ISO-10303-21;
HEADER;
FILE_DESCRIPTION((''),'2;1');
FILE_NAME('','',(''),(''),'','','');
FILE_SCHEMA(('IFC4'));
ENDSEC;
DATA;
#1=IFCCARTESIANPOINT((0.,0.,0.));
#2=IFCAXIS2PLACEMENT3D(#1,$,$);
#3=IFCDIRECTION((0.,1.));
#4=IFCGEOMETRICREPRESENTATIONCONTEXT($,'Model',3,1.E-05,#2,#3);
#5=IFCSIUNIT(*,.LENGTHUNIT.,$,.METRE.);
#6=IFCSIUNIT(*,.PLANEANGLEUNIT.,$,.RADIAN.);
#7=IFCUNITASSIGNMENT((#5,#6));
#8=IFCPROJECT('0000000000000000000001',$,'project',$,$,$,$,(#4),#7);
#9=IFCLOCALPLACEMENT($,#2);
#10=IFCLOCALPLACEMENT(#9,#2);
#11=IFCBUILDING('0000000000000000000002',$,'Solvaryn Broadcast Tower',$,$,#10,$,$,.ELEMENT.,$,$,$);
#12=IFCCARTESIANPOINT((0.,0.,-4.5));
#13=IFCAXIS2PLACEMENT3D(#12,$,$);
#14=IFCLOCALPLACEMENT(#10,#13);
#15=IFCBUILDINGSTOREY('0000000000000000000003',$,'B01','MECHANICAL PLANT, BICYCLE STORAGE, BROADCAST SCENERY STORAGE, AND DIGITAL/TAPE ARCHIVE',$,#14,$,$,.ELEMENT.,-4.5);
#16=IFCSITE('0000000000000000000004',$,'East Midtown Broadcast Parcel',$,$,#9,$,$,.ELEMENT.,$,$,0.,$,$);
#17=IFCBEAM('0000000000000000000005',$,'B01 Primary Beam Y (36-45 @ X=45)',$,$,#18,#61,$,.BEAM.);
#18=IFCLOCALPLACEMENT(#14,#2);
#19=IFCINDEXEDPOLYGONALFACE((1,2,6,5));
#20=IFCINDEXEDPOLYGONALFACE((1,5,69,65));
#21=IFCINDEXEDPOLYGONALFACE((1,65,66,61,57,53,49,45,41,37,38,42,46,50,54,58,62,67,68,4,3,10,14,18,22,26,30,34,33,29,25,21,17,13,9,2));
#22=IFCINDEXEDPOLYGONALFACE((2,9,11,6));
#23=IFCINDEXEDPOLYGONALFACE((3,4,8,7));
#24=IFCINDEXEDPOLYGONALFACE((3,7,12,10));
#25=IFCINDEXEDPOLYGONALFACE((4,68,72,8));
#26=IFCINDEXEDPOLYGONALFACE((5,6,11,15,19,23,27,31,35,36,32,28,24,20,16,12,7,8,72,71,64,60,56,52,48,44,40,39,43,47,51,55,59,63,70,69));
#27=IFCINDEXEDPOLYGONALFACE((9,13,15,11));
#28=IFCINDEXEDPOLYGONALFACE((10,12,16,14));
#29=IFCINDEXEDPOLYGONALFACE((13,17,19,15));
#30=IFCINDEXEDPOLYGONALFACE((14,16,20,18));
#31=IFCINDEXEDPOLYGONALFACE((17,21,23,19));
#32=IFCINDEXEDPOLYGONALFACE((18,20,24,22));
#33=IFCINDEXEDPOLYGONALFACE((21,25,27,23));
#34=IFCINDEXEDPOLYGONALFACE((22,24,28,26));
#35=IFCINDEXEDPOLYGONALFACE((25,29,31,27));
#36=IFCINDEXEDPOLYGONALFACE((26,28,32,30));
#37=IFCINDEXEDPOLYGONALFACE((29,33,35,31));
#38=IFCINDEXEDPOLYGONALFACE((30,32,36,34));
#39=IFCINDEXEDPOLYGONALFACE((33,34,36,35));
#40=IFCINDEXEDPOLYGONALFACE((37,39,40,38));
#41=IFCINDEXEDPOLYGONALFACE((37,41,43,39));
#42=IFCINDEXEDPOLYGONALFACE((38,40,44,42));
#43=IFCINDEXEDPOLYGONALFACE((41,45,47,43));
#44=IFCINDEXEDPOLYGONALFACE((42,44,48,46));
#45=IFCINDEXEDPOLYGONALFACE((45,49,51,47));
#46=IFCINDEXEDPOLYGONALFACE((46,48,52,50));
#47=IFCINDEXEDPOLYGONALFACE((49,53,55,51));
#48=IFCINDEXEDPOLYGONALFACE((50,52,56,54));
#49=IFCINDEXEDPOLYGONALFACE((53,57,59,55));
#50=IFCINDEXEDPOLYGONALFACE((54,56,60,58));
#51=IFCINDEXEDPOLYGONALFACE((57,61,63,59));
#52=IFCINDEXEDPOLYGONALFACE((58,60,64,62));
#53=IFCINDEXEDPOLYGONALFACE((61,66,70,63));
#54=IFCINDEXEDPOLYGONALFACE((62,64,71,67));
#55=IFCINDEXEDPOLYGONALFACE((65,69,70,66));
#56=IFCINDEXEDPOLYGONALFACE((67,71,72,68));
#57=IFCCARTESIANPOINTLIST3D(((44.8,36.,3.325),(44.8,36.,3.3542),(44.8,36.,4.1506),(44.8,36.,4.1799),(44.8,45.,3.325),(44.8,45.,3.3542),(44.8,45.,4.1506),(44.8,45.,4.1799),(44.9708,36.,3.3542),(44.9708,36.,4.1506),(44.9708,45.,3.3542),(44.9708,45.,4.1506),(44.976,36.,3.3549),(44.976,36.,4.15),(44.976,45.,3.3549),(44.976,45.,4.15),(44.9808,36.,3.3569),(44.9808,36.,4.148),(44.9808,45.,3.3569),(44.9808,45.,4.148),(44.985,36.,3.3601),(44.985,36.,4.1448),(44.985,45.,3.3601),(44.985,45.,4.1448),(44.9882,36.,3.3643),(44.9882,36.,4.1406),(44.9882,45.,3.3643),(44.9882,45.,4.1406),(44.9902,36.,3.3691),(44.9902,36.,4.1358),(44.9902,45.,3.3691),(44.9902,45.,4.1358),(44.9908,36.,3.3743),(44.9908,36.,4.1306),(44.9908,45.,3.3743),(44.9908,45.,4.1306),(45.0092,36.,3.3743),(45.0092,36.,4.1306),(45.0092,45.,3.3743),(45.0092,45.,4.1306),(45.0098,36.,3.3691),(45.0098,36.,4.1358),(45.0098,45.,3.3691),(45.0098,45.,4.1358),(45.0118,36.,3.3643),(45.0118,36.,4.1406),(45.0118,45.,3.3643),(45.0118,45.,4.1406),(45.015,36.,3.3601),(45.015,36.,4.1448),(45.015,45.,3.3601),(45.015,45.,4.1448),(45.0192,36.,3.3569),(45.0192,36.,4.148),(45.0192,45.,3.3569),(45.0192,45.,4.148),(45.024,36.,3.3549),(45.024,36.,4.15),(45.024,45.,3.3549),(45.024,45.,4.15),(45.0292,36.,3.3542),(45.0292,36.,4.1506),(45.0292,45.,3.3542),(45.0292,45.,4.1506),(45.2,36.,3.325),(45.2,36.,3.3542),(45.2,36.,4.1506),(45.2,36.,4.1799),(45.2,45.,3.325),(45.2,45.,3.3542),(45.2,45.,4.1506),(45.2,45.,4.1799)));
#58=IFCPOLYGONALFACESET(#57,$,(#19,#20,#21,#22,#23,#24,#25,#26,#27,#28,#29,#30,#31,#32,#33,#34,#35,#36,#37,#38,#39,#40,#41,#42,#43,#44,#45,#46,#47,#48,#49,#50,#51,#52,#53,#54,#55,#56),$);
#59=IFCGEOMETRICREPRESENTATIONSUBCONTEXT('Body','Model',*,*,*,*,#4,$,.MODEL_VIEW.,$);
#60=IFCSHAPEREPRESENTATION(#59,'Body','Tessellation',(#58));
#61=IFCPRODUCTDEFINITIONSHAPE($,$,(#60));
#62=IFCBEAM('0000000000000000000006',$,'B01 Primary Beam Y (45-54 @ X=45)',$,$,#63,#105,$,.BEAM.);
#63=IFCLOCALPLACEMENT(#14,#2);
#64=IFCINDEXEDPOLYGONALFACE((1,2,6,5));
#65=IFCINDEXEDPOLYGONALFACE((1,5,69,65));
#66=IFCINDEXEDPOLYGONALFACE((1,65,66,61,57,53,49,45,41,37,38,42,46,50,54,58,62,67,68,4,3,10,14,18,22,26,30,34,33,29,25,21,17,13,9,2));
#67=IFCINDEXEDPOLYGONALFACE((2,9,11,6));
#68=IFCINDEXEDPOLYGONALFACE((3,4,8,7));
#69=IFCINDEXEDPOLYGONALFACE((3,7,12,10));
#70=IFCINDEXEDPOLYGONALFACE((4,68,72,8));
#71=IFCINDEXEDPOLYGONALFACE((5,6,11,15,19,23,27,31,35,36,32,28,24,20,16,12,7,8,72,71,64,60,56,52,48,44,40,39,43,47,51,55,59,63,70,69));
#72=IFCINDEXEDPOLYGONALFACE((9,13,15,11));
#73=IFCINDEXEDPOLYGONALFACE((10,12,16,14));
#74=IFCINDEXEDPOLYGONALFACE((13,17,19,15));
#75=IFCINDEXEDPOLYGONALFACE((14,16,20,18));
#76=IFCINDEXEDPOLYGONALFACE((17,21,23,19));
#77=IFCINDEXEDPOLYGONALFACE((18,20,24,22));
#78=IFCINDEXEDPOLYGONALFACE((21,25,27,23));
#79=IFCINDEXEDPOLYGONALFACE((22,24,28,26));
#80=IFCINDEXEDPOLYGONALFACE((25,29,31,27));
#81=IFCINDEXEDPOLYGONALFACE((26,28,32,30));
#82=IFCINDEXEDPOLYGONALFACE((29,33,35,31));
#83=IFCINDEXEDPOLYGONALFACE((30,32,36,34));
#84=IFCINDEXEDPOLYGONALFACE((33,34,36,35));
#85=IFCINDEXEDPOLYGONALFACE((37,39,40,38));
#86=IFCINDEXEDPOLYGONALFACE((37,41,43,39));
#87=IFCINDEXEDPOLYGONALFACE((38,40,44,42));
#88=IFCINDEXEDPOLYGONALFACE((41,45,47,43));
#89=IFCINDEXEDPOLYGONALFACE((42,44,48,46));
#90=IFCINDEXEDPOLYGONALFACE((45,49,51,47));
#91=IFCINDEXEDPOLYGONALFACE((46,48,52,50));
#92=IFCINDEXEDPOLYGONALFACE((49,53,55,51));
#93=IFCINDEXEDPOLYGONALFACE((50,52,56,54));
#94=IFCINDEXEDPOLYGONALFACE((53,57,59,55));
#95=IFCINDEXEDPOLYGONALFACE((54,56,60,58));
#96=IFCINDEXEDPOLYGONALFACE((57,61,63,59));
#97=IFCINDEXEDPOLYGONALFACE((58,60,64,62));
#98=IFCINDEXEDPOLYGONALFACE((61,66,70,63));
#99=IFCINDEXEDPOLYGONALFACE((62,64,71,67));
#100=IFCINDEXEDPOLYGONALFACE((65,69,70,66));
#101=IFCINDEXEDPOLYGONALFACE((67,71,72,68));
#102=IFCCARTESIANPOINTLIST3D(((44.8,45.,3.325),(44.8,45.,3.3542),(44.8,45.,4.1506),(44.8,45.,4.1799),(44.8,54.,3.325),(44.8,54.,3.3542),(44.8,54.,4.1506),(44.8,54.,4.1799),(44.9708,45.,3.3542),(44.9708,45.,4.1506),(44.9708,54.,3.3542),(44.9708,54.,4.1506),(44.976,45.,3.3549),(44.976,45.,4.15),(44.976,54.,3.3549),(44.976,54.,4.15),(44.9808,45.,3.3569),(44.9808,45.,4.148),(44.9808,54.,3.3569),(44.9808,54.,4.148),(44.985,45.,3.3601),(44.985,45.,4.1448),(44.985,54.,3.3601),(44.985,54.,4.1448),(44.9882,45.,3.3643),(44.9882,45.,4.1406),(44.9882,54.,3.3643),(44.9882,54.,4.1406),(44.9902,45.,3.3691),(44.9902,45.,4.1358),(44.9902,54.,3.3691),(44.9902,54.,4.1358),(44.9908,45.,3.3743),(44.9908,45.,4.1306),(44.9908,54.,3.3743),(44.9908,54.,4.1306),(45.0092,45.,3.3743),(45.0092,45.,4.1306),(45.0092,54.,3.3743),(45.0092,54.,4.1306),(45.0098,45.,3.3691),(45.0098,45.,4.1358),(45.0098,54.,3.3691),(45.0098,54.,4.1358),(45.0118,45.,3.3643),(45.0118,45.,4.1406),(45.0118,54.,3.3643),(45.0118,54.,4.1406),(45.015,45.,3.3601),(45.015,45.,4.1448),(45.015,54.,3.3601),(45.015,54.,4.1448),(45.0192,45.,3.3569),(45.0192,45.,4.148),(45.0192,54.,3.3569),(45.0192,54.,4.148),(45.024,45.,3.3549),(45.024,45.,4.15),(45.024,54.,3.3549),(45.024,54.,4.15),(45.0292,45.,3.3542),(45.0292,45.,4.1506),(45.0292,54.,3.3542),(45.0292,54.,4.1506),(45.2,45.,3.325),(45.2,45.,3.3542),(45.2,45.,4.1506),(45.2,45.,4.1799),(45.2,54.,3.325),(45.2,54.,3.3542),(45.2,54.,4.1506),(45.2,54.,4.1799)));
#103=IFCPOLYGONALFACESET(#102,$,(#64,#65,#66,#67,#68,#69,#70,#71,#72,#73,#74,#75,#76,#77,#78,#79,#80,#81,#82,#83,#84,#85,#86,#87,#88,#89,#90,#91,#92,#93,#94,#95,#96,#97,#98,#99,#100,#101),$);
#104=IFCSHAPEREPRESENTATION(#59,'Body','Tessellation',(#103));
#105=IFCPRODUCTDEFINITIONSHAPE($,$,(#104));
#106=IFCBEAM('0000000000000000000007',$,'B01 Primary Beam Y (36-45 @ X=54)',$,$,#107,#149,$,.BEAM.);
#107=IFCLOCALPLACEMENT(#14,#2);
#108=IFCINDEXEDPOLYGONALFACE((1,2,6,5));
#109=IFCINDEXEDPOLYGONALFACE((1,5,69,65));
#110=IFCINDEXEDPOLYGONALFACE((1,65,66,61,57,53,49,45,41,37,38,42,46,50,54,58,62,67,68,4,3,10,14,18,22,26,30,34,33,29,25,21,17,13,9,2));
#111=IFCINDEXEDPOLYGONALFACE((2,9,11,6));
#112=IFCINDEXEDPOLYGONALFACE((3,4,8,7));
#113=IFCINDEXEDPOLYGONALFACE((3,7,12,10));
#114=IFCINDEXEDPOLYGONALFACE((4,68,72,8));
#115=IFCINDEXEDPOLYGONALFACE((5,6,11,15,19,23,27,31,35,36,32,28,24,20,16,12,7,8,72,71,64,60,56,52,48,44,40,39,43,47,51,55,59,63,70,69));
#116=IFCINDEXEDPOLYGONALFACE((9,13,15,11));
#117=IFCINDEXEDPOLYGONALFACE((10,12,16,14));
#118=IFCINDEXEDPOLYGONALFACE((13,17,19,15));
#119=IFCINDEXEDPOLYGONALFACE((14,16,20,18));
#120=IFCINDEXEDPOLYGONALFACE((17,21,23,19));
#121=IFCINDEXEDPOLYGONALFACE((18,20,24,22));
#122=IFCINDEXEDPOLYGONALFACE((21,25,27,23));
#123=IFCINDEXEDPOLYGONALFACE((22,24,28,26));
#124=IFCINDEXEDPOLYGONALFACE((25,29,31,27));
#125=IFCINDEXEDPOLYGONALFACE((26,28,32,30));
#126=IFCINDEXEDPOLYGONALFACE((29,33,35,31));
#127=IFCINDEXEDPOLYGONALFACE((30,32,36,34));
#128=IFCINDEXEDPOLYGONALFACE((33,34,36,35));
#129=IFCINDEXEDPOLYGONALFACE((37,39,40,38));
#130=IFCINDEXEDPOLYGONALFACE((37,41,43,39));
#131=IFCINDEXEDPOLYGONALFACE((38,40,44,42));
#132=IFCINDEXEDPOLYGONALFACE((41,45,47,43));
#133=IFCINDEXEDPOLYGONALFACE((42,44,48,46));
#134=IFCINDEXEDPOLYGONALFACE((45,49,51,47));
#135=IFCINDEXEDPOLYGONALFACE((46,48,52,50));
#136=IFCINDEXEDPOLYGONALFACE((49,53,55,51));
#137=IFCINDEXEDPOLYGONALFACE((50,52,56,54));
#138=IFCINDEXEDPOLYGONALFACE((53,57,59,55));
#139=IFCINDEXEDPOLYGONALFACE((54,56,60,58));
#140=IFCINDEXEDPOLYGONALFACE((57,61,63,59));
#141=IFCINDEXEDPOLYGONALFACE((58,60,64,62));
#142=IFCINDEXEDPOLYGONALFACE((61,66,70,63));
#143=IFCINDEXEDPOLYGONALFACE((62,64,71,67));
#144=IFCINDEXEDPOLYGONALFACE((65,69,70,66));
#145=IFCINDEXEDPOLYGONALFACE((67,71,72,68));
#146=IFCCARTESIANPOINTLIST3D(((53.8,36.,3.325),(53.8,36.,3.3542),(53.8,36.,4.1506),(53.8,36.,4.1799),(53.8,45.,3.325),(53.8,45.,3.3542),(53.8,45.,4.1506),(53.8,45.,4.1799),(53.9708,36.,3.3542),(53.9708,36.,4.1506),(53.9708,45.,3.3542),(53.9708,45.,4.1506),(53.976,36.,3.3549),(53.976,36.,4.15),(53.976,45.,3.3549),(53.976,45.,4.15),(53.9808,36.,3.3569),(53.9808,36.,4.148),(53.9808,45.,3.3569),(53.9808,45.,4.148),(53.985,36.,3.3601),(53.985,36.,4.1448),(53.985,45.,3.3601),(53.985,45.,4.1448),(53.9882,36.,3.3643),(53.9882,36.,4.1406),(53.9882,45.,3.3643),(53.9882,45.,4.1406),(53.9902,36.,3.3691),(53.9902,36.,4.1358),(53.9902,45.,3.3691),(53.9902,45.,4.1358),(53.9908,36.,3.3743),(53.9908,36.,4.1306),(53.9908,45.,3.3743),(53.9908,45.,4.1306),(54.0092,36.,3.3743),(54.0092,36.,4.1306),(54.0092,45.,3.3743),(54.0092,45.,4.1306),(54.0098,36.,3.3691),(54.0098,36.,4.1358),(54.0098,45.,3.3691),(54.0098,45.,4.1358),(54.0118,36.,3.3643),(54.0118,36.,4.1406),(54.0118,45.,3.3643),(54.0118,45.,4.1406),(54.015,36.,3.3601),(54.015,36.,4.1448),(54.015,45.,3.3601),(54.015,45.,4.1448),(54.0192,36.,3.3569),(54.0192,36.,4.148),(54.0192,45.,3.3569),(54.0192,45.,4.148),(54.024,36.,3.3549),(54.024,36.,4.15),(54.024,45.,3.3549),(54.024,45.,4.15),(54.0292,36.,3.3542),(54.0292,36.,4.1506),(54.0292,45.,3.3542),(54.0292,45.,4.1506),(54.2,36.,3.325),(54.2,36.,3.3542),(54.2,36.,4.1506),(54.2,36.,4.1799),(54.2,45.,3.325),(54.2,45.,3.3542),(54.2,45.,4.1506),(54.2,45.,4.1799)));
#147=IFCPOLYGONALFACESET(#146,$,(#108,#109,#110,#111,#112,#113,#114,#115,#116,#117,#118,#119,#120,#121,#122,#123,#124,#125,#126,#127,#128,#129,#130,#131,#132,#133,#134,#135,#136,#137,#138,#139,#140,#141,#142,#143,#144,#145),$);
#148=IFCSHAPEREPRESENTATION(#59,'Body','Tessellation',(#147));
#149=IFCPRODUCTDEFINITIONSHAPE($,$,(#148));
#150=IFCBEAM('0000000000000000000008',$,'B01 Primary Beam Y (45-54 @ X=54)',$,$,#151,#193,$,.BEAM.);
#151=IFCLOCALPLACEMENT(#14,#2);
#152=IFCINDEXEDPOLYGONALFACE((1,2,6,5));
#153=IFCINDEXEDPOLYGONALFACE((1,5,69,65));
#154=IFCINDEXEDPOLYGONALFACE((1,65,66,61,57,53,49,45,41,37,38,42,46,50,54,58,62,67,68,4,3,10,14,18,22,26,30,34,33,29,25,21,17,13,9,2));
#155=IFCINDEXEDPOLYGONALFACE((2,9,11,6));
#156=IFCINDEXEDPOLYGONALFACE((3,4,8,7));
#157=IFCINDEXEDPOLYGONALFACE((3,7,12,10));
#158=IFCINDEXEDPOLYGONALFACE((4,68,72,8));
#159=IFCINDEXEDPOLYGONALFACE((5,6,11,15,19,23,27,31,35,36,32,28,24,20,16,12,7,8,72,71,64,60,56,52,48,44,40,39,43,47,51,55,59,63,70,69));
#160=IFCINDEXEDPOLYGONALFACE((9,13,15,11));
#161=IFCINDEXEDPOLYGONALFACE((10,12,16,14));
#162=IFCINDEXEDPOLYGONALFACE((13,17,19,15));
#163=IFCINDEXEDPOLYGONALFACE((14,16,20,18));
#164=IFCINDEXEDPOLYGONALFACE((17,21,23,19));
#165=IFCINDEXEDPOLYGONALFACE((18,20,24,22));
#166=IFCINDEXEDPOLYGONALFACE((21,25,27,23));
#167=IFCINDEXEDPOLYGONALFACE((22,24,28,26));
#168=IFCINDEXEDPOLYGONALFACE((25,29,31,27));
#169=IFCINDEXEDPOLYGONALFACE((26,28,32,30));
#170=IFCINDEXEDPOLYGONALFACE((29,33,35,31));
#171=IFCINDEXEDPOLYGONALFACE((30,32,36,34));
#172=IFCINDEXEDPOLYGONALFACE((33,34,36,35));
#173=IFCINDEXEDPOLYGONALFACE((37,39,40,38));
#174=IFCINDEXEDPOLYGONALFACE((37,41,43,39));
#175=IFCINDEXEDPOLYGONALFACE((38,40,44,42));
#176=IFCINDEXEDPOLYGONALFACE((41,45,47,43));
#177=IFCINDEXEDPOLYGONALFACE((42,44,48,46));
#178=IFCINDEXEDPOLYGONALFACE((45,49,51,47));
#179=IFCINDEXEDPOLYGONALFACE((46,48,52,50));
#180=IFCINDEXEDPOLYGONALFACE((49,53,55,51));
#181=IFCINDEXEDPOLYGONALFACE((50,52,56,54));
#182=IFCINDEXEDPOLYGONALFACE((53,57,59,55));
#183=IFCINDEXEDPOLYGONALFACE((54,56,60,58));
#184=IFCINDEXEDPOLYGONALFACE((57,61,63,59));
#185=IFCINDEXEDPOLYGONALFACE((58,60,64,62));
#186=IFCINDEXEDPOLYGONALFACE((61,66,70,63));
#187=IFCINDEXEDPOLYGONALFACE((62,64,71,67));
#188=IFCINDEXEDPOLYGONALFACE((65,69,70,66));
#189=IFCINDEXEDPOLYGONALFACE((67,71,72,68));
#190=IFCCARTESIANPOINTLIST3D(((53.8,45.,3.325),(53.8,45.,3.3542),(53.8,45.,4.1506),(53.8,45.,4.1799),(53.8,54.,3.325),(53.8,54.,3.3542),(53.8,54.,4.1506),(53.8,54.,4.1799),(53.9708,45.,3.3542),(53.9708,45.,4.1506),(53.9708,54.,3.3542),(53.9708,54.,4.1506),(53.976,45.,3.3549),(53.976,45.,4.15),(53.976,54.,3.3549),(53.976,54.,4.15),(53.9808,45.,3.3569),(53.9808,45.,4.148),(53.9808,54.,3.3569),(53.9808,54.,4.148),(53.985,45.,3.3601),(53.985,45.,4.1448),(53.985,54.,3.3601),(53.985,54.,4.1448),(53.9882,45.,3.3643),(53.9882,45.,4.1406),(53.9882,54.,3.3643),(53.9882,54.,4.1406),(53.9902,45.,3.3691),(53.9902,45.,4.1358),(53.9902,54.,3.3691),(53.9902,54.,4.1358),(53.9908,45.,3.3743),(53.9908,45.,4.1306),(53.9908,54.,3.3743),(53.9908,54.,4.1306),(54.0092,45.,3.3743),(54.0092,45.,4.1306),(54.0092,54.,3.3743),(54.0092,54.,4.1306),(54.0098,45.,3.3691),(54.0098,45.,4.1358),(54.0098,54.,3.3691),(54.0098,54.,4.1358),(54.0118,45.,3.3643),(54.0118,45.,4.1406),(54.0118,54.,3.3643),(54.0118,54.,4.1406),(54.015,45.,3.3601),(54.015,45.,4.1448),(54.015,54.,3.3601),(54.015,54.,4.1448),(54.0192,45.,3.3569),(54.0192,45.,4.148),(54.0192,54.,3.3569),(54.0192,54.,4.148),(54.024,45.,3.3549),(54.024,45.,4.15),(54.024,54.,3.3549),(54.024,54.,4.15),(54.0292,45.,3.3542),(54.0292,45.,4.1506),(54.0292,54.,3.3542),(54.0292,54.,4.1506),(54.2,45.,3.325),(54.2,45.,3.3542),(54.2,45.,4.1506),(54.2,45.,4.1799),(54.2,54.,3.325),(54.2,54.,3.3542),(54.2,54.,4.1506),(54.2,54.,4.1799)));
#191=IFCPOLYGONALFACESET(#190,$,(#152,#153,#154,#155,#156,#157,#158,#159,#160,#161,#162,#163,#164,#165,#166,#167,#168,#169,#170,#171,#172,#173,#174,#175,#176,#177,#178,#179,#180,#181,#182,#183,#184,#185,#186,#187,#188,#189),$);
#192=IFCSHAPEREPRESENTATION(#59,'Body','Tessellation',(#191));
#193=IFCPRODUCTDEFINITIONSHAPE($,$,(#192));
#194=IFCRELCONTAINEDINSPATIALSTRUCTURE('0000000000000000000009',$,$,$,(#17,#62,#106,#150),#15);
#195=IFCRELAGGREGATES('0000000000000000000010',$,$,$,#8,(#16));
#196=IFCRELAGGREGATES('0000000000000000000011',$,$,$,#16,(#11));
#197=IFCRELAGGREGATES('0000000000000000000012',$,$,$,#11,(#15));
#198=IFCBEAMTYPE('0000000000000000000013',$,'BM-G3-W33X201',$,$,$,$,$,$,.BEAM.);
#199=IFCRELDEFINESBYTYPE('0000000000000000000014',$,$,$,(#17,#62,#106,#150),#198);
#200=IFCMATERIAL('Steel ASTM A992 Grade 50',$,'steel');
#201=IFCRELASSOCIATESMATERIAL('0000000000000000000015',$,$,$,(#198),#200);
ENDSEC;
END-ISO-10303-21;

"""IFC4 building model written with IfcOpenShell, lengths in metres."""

from ifc_helpers import new_model, si_unit, direction, frame, origin, origin_2d, place, context, subcontext, project, spatial, i_section, extrude, material, material_profile, profile_set, type_object, element, save


model = new_model("IFC4")

# Units and contexts
model_context = context("Model", 3, precision=1e-05, world=origin(), true_north=direction((0.0, 1.0)))
body_context = subcontext(model_context, "Body", "Model", "MODEL_VIEW")
ifc_project = project(units=[si_unit("LENGTHUNIT", "METRE"), si_unit("PLANEANGLEUNIT", "RADIAN")], contexts=[model_context])

# Site, building, storey
site_placement = place(None, origin())
site = spatial("IfcSite", under=ifc_project, at=site_placement, Name="East Midtown Broadcast Parcel", CompositionType="ELEMENT", RefElevation=0.0)
building_placement = place(site_placement, origin())
building = spatial("IfcBuilding", under=site, at=building_placement, Name="Solvaryn Broadcast Tower", CompositionType="ELEMENT")
storey_placement = place(building_placement, frame((0.0, 0.0, -4.5)))
storey = spatial("IfcBuildingStorey", under=building, at=storey_placement, Name="B01", Description="MECHANICAL PLANT, BICYCLE STORAGE, BROADCAST SCENERY STORAGE, AND DIGITAL/TAPE ARCHIVE", CompositionType="ELEMENT", Elevation=-4.5)

# Beams
ifc_material_1 = material(Name="Steel ASTM A992 Grade 50", Category="steel")
ifc_material_profile_1 = material_profile(ifc_material_1, i_section(OverallWidth=0.3999, OverallDepth=0.855, WebThickness=0.0183, FlangeThickness=0.0293, FilletRadius=0.02, at=origin_2d()))
ifc_profile_set_1 = profile_set([ifc_material_profile_1], Name="Steel ASTM A992 Grade 50")
beam_type_1 = type_object("IfcBeamType", Name="BM-G3-W33X201", PredefinedType="BEAM", material=ifc_profile_set_1)
for number, where, z_axis, x_axis, name in (
    (1, (45.0, 36.0, 3.7524), (0.0, 1.0, 0.0), (-1.0, 0.0, 0.0), "B01 Primary Beam Y (36-45 @ X=45)"),
    (2, (45.0, 45.0, 3.7524), (0.0, 1.0, 0.0), (-1.0, 0.0, 0.0), "B01 Primary Beam Y (45-54 @ X=45)"),
    (3, (54.0, 36.0, 3.7524), (0.0, 1.0, 0.0), (-1.0, 0.0, 0.0), "B01 Primary Beam Y (36-45 @ X=54)"),
    (4, (54.0, 45.0, 3.7524), (0.0, 1.0, 0.0), (-1.0, 0.0, 0.0), "B01 Primary Beam Y (45-54 @ X=54)"),
):
    element("IfcBeam", number, at=place(storey_placement, frame(where, z_axis=z_axis, x_axis=x_axis)), inside=storey, type_object=beam_type_1, Name=name, PredefinedType="BEAM", context=body_context, shape_type="SweptSolid", body=[
        extrude(i_section(OverallWidth=0.3999, OverallDepth=0.855, WebThickness=0.0183, FlangeThickness=0.0293, FilletRadius=0.02, at=origin_2d()), origin(), (0.0, 0.0, 1.0), 9.0),
    ])

save(model, "model.ifc")
